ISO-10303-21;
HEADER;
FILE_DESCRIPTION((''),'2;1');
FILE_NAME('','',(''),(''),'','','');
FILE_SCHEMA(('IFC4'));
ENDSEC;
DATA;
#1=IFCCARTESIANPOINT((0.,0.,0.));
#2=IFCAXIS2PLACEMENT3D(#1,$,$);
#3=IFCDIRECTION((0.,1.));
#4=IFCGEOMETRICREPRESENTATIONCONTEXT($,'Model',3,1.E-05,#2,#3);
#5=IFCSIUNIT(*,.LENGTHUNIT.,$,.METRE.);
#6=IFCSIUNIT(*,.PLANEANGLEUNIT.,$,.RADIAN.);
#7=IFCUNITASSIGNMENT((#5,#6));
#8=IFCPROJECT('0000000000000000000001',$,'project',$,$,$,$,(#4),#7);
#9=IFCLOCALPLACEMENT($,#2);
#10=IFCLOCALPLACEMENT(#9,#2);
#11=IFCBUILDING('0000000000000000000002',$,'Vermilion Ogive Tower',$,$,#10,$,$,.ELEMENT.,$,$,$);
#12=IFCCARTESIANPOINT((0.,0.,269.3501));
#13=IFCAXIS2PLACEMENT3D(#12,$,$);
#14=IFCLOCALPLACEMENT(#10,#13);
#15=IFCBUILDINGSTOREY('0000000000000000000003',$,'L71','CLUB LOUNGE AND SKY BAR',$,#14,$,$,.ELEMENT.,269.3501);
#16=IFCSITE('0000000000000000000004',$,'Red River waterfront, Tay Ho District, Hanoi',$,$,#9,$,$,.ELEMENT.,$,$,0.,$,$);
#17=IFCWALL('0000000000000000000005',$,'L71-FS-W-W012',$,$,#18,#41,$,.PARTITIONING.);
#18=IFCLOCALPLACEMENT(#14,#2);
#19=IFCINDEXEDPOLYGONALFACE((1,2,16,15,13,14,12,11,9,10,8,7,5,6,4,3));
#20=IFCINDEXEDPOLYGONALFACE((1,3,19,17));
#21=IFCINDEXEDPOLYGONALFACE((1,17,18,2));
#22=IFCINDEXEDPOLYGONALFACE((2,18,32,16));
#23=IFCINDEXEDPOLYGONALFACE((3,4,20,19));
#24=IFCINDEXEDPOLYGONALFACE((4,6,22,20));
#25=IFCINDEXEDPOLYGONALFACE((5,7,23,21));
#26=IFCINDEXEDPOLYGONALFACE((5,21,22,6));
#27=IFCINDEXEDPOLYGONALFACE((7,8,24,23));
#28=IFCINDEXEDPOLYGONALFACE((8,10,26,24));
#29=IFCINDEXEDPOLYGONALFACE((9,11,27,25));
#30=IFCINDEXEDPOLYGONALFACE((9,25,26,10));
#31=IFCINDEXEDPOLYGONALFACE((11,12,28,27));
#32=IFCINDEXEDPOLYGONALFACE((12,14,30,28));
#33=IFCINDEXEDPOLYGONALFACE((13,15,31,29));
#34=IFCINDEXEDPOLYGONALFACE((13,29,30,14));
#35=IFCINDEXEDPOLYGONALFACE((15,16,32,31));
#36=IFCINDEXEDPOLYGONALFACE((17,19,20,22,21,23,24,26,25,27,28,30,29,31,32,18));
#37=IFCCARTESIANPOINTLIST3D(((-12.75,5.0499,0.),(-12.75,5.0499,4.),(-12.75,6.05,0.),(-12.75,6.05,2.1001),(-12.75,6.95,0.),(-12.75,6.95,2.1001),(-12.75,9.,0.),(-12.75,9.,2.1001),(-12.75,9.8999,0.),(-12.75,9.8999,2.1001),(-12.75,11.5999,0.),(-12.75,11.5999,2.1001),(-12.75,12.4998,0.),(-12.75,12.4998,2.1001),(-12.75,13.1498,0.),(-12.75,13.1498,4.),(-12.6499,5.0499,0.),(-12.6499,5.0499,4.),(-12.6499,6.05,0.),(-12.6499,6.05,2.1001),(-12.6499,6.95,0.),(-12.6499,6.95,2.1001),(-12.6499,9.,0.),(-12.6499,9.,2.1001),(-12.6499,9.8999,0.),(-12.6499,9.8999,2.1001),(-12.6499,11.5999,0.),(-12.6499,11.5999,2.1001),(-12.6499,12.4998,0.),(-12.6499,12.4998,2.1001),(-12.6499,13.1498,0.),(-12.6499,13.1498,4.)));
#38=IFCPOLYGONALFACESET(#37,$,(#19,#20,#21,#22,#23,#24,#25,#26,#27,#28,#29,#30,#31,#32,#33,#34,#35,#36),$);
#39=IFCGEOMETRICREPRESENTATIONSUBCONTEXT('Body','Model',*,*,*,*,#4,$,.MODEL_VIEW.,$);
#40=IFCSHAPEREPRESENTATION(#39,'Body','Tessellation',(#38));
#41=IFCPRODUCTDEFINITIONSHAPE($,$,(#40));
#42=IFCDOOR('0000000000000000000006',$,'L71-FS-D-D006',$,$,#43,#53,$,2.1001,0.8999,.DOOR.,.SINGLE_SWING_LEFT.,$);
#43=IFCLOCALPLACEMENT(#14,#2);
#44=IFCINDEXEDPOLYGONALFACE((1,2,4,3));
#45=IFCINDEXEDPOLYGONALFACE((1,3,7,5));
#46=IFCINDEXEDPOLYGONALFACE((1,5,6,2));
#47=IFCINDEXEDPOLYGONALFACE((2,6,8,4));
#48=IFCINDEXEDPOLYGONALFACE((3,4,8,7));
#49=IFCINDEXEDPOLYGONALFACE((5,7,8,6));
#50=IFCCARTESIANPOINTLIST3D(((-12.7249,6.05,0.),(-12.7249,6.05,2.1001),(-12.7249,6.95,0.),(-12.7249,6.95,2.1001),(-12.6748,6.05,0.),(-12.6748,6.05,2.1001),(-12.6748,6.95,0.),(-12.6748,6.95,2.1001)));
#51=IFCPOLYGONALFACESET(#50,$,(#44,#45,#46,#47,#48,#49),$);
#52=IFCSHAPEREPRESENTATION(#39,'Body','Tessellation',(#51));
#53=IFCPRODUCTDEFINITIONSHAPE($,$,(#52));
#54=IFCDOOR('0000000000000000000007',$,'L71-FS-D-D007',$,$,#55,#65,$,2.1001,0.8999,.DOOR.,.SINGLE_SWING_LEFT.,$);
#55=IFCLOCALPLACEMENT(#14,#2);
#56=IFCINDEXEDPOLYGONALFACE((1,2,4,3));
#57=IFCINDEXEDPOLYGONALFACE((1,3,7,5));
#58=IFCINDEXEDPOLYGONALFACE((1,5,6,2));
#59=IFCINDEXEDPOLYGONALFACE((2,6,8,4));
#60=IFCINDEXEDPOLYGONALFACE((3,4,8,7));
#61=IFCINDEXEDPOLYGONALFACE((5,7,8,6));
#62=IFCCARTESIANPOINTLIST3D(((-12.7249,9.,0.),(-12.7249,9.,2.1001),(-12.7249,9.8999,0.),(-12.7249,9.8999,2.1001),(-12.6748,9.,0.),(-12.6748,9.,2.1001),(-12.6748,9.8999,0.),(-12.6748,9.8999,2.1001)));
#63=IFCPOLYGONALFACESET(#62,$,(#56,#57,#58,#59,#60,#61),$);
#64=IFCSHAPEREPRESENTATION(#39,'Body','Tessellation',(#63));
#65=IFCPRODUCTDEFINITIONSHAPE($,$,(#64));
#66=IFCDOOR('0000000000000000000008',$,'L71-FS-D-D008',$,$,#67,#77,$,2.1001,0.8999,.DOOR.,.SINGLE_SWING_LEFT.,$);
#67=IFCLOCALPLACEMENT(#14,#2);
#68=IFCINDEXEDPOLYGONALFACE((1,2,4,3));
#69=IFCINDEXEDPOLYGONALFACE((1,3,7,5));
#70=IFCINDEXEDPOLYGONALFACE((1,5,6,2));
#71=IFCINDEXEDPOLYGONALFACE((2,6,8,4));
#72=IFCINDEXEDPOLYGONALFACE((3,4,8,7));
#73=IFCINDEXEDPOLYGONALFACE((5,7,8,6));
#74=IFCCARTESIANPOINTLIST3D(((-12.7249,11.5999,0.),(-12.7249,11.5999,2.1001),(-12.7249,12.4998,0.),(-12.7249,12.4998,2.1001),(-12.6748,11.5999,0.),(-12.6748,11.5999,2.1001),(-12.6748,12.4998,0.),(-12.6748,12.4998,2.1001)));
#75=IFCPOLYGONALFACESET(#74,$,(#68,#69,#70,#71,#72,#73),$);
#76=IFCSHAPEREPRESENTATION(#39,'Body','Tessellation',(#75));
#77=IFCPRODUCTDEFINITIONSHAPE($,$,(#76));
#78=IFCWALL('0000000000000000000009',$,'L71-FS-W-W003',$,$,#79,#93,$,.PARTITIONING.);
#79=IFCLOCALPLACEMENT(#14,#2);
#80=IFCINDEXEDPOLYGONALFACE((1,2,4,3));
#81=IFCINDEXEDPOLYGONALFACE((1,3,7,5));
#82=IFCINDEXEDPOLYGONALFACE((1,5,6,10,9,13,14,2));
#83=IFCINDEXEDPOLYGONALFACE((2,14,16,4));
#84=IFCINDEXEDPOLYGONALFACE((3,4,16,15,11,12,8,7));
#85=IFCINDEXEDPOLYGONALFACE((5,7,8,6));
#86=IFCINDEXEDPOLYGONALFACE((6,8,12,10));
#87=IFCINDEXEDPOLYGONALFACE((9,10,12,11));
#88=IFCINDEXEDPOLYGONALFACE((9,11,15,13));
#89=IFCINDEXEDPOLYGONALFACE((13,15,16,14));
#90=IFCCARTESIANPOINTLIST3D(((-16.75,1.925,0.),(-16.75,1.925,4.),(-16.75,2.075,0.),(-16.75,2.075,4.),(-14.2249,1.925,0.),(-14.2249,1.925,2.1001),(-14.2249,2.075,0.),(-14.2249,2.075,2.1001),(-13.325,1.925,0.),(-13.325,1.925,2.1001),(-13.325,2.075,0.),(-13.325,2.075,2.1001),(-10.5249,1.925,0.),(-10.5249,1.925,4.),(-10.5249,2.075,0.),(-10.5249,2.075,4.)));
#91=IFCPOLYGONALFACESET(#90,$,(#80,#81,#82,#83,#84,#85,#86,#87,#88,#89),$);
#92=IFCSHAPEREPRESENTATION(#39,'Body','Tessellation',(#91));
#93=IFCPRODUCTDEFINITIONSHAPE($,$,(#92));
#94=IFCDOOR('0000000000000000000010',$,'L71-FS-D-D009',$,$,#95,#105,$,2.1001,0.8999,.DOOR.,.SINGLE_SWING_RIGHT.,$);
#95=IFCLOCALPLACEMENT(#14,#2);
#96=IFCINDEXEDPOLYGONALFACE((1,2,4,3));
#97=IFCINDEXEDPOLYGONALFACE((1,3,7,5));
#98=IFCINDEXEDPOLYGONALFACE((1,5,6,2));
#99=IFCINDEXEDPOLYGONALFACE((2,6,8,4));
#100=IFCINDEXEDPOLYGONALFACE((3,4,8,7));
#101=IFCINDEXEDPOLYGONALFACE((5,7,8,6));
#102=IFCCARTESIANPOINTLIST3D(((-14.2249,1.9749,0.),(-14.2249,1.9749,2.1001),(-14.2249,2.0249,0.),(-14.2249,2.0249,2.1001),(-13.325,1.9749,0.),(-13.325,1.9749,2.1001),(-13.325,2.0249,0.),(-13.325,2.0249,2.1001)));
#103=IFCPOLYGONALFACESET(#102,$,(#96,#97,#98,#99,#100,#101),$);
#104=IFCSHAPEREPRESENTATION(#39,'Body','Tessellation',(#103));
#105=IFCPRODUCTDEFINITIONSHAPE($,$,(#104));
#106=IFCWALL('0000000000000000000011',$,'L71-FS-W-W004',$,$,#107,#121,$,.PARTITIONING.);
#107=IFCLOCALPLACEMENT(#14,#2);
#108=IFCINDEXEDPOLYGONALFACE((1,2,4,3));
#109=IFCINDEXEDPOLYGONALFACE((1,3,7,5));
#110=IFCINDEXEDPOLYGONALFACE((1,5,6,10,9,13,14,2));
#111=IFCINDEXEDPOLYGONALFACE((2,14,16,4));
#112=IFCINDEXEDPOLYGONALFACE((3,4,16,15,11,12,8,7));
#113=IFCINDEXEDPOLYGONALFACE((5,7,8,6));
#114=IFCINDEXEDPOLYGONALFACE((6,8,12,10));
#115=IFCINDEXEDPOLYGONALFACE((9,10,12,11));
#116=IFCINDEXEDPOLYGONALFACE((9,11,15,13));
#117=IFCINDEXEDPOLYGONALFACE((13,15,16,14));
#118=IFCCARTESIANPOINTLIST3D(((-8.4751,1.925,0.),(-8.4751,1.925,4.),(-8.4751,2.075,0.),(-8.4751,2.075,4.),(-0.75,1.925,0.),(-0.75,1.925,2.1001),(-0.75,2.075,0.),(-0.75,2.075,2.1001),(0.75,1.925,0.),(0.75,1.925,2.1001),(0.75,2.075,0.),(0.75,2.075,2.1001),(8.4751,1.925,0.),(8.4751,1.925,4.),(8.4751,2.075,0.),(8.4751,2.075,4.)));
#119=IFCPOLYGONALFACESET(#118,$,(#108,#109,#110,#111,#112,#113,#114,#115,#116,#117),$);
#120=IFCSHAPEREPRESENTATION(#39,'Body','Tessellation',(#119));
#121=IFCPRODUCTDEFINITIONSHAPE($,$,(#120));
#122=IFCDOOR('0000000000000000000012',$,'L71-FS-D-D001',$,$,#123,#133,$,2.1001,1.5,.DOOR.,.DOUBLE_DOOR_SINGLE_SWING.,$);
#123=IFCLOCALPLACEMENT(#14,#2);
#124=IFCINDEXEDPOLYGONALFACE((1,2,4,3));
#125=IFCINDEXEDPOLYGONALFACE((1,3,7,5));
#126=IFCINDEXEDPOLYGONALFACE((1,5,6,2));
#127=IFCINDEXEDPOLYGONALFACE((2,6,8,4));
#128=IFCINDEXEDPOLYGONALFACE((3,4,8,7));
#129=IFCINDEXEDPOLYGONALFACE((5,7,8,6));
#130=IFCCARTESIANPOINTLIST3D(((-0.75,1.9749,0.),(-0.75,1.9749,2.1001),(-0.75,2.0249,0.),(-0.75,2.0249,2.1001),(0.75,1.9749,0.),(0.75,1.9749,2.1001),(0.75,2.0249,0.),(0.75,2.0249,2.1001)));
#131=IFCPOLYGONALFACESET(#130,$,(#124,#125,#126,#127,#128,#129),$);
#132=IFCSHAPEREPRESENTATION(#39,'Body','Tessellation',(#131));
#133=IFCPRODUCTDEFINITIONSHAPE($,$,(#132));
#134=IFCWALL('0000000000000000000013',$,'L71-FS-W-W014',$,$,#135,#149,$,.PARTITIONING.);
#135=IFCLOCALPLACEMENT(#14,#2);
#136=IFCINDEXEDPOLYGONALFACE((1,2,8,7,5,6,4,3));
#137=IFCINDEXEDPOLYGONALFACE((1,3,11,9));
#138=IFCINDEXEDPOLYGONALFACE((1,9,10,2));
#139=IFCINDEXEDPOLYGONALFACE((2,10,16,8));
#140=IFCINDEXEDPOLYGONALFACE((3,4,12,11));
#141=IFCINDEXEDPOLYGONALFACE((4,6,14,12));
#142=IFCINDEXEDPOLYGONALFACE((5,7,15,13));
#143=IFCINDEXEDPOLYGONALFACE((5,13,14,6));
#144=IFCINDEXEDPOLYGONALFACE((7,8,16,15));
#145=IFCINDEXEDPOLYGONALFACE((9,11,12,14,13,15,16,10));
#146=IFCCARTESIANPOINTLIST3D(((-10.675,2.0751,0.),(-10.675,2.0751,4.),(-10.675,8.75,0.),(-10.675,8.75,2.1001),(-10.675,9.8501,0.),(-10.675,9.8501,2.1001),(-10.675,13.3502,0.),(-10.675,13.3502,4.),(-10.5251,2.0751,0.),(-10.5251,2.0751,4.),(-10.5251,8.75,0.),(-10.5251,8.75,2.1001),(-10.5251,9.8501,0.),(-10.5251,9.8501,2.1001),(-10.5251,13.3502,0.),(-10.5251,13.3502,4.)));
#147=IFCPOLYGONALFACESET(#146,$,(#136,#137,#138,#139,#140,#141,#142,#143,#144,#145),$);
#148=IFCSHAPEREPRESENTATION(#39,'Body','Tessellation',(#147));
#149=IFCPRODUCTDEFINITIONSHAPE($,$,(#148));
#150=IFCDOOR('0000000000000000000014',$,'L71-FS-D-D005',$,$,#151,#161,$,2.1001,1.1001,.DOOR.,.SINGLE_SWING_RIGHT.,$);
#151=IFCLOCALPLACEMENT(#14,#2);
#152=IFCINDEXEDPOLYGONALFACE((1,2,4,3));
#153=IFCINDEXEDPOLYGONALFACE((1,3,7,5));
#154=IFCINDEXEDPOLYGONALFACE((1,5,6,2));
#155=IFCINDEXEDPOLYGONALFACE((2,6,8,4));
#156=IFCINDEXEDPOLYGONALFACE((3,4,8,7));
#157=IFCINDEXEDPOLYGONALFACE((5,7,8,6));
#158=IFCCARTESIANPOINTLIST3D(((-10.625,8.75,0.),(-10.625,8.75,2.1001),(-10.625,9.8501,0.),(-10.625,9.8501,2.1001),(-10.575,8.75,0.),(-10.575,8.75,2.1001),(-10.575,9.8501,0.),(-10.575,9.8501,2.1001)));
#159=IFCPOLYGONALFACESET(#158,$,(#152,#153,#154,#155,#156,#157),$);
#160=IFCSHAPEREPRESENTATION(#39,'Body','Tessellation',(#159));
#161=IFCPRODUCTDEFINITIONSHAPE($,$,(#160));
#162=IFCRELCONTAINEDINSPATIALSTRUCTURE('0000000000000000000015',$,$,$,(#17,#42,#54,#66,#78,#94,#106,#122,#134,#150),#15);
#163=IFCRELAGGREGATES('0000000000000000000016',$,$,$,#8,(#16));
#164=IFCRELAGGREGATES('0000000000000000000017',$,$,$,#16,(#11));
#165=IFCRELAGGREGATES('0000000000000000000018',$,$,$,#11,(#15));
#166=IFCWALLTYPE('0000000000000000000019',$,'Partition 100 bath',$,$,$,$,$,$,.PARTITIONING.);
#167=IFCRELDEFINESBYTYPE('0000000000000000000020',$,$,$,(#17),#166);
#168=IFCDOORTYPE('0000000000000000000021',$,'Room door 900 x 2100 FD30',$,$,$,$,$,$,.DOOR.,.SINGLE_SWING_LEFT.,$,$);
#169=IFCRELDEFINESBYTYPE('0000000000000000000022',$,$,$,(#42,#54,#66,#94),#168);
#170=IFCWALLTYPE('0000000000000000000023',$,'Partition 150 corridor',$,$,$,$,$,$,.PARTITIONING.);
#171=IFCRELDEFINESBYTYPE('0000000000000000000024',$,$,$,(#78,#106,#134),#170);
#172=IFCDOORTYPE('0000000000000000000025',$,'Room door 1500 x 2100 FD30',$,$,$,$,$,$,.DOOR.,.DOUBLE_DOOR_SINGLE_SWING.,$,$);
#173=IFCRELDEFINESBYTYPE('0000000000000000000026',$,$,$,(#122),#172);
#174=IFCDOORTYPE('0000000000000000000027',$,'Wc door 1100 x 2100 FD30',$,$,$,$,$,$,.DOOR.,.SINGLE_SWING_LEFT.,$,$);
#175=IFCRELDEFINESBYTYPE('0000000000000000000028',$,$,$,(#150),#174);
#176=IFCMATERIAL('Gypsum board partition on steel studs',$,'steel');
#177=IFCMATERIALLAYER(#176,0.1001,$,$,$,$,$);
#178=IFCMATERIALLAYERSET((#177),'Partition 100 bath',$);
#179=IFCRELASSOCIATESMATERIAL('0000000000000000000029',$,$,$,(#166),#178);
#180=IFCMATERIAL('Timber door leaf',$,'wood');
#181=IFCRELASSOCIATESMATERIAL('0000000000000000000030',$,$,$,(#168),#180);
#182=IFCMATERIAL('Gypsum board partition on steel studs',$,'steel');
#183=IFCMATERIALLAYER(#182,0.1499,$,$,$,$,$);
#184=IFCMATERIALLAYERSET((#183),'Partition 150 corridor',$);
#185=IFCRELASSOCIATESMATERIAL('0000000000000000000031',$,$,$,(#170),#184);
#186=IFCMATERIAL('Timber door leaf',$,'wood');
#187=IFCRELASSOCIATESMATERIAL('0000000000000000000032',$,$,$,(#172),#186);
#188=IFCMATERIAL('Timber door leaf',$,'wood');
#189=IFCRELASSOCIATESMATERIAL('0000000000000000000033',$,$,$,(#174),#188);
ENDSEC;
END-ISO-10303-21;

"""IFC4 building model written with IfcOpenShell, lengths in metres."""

from ifc_helpers import new_model, si_unit, direction, frame, frame_2d, origin, place, context, subcontext, project, spatial, rectangle, extrude, material, layer, layer_set, type_object, element, fill, save


model = new_model("IFC4")

# Units and contexts
model_context = context("Model", 3, precision=1e-05, world=origin(), true_north=direction((0.0, 1.0)))
body_context = subcontext(model_context, "Body", "Model", "MODEL_VIEW")
ifc_project = project(units=[si_unit("LENGTHUNIT", "METRE"), si_unit("PLANEANGLEUNIT", "RADIAN")], contexts=[model_context])

# Site, building, storey
site_placement = place(None, origin())
site = spatial("IfcSite", under=ifc_project, at=site_placement, Name="Red River waterfront, Tay Ho District, Hanoi", CompositionType="ELEMENT", RefElevation=0.0)
building_placement = place(site_placement, origin())
building = spatial("IfcBuilding", under=site, at=building_placement, Name="Vermilion Ogive Tower", CompositionType="ELEMENT")
storey_placement = place(building_placement, frame((0.0, 0.0, 269.3501)))
storey = spatial("IfcBuildingStorey", under=building, at=storey_placement, Name="L71", Description="CLUB LOUNGE AND SKY BAR", CompositionType="ELEMENT", Elevation=269.3501)

# Shared definitions
ifc_material_1 = material(Name="Gypsum board partition on steel studs", Category="steel")
ifc_layer_1 = layer(ifc_material_1, 0.1001)
ifc_layer_set_1 = layer_set([ifc_layer_1], Name="Partition 100 bath")
wall_type_1 = type_object("IfcWallType", Name="Partition 100 bath", PredefinedType="PARTITIONING", material=ifc_layer_set_1)

# Wall, openings, doors
wall_1_placement = place(storey_placement, frame((-12.7, 5.05, 0.0), z_axis=(0.0, 0.0, 1.0), x_axis=(0.0, 1.0, 0.0)))
wall_1 = element("IfcWall", 1, at=wall_1_placement, inside=storey, type_object=wall_type_1, Name="L71-FS-W-W012", PredefinedType="PARTITIONING", context=body_context, shape_type="SweptSolid", body=[
    extrude(rectangle(XDim=8.0999, YDim=0.1001, at=frame_2d((4.0498, 0.0))), origin(), (0.0, 0.0, 1.0), 4.0),
])
opening_1_placement = place(wall_1_placement, frame((1.0, 0.0, 0.0)))
opening_1 = element("IfcOpeningElement", 2, at=opening_1_placement, cuts=wall_1, PredefinedType="OPENING", context=body_context, shape_type="SweptSolid", body=[
    extrude(rectangle(XDim=0.8999, YDim=2.1001, at=frame_2d((0.45, 1.05))), frame((0.0, 0.0601, 0.0), z_axis=(0.0, -1.0, 0.0), x_axis=(1.0, 0.0, 0.0)), (0.0, 0.0, 1.0), 0.1201),
])
opening_2_placement = place(wall_1_placement, frame((3.95, 0.0, 0.0)))
opening_2 = element("IfcOpeningElement", 3, at=opening_2_placement, cuts=wall_1, PredefinedType="OPENING", context=body_context, shape_type="SweptSolid", body=[
    extrude(rectangle(XDim=0.8999, YDim=2.1001, at=frame_2d((0.45, 1.05))), frame((0.0, 0.0601, 0.0), z_axis=(0.0, -1.0, 0.0), x_axis=(1.0, 0.0, 0.0)), (0.0, 0.0, 1.0), 0.1201),
])
opening_3_placement = place(wall_1_placement, frame((6.5498, 0.0, 0.0)))
opening_3 = element("IfcOpeningElement", 4, at=opening_3_placement, cuts=wall_1, PredefinedType="OPENING", context=body_context, shape_type="SweptSolid", body=[
    extrude(rectangle(XDim=0.8999, YDim=2.1001, at=frame_2d((0.45, 1.05))), frame((0.0, 0.0601, 0.0), z_axis=(0.0, -1.0, 0.0), x_axis=(1.0, 0.0, 0.0)), (0.0, 0.0, 1.0), 0.1201),
])
ifc_material_2 = material(Name="Timber door leaf", Category="wood")
door_type_1 = type_object("IfcDoorType", Name="Room door 900 x 2100 FD30", OperationType="SINGLE_SWING_LEFT", PredefinedType="DOOR", material=ifc_material_2)
door_1_placement = place(opening_1_placement, origin())
door_1 = element("IfcDoor", 5, at=door_1_placement, inside=storey, type_object=door_type_1, Name="L71-FS-D-D006", OperationType="SINGLE_SWING_LEFT", OverallHeight=2.1001, OverallWidth=0.8999, PredefinedType="DOOR", context=body_context, shape_type="SweptSolid", body=[
    extrude(rectangle(XDim=0.8999, YDim=2.1001, at=frame_2d((0.45, 1.05))), frame((0.0, 0.0249, 0.0), z_axis=(0.0, -1.0, 0.0), x_axis=(1.0, 0.0, 0.0)), (0.0, 0.0, 1.0), 0.05),
])
fill(opening_1, door_1)
door_2_placement = place(opening_2_placement, origin())
door_2 = element("IfcDoor", 6, at=door_2_placement, inside=storey, type_object=door_type_1, Name="L71-FS-D-D007", OperationType="SINGLE_SWING_LEFT", OverallHeight=2.1001, OverallWidth=0.8999, PredefinedType="DOOR", context=body_context, shape_type="SweptSolid", body=[
    extrude(rectangle(XDim=0.8999, YDim=2.1001, at=frame_2d((0.45, 1.05))), frame((0.0, 0.0249, 0.0), z_axis=(0.0, -1.0, 0.0), x_axis=(1.0, 0.0, 0.0)), (0.0, 0.0, 1.0), 0.05),
])
fill(opening_2, door_2)
door_3_placement = place(opening_3_placement, origin())
door_3 = element("IfcDoor", 7, at=door_3_placement, inside=storey, type_object=door_type_1, Name="L71-FS-D-D008", OperationType="SINGLE_SWING_LEFT", OverallHeight=2.1001, OverallWidth=0.8999, PredefinedType="DOOR", context=body_context, shape_type="SweptSolid", body=[
    extrude(rectangle(XDim=0.8999, YDim=2.1001, at=frame_2d((0.45, 1.05))), frame((0.0, 0.0249, 0.0), z_axis=(0.0, -1.0, 0.0), x_axis=(1.0, 0.0, 0.0)), (0.0, 0.0, 1.0), 0.05),
])
fill(opening_3, door_3)

# Walls, openings, doors
ifc_material_3 = material(Name="Gypsum board partition on steel studs", Category="steel")
ifc_layer_2 = layer(ifc_material_3, 0.1499)
ifc_layer_set_2 = layer_set([ifc_layer_2], Name="Partition 150 corridor")
wall_type_2 = type_object("IfcWallType", Name="Partition 150 corridor", PredefinedType="PARTITIONING", material=ifc_layer_set_2)
wall_2_placement = place(storey_placement, frame((-16.75, 2.0, 0.0), z_axis=(0.0, 0.0, 1.0), x_axis=(1.0, 0.0, 0.0)))
wall_2 = element("IfcWall", 8, at=wall_2_placement, inside=storey, type_object=wall_type_2, Name="L71-FS-W-W003", PredefinedType="PARTITIONING", context=body_context, shape_type="SweptSolid", body=[
    extrude(rectangle(XDim=6.2251, YDim=0.1499, at=frame_2d((3.1125, 0.0))), origin(), (0.0, 0.0, 1.0), 4.0),
])
opening_4_placement = place(wall_2_placement, frame((2.5251, 0.0, 0.0)))
opening_4 = element("IfcOpeningElement", 9, at=opening_4_placement, cuts=wall_2, PredefinedType="OPENING", context=body_context, shape_type="SweptSolid", body=[
    extrude(rectangle(XDim=0.8999, YDim=2.1001, at=frame_2d((0.45, 1.05))), frame((0.0, 0.085, 0.0), z_axis=(0.0, -1.0, 0.0), x_axis=(1.0, 0.0, 0.0)), (0.0, 0.0, 1.0), 0.1699),
])
door_4_placement = place(opening_4_placement, origin())
door_4 = element("IfcDoor", 10, at=door_4_placement, inside=storey, type_object=door_type_1, Name="L71-FS-D-D009", OperationType="SINGLE_SWING_RIGHT", OverallHeight=2.1001, OverallWidth=0.8999, PredefinedType="DOOR", context=body_context, shape_type="SweptSolid", body=[
    extrude(rectangle(XDim=0.8999, YDim=2.1001, at=frame_2d((0.45, 1.05))), frame((0.0, 0.0249, 0.0), z_axis=(0.0, -1.0, 0.0), x_axis=(1.0, 0.0, 0.0)), (0.0, 0.0, 1.0), 0.05),
])
fill(opening_4, door_4)
wall_3_placement = place(storey_placement, frame((-8.4751, 2.0, 0.0), z_axis=(0.0, 0.0, 1.0), x_axis=(1.0, 0.0, 0.0)))
wall_3 = element("IfcWall", 11, at=wall_3_placement, inside=storey, type_object=wall_type_2, Name="L71-FS-W-W004", PredefinedType="PARTITIONING", context=body_context, shape_type="SweptSolid", body=[
    extrude(rectangle(XDim=16.9502, YDim=0.1499, at=frame_2d((8.4751, 0.0))), origin(), (0.0, 0.0, 1.0), 4.0),
])
opening_5_placement = place(wall_3_placement, frame((7.7251, 0.0, 0.0)))
opening_5 = element("IfcOpeningElement", 12, at=opening_5_placement, cuts=wall_3, PredefinedType="OPENING", context=body_context, shape_type="SweptSolid", body=[
    extrude(rectangle(XDim=1.5, YDim=2.1001, at=frame_2d((0.75, 1.05))), frame((0.0, 0.085, 0.0), z_axis=(0.0, -1.0, 0.0), x_axis=(1.0, 0.0, 0.0)), (0.0, 0.0, 1.0), 0.1699),
])
ifc_material_4 = material(Name="Timber door leaf", Category="wood")
door_type_2 = type_object("IfcDoorType", Name="Room door 1500 x 2100 FD30", OperationType="DOUBLE_DOOR_SINGLE_SWING", PredefinedType="DOOR", material=ifc_material_4)
door_5_placement = place(opening_5_placement, origin())
door_5 = element("IfcDoor", 13, at=door_5_placement, inside=storey, type_object=door_type_2, Name="L71-FS-D-D001", OperationType="DOUBLE_DOOR_SINGLE_SWING", OverallHeight=2.1001, OverallWidth=1.5, PredefinedType="DOOR", context=body_context, shape_type="SweptSolid", body=[
    extrude(rectangle(XDim=1.5, YDim=2.1001, at=frame_2d((0.75, 1.05))), frame((0.0, 0.0249, 0.0), z_axis=(0.0, -1.0, 0.0), x_axis=(1.0, 0.0, 0.0)), (0.0, 0.0, 1.0), 0.05),
])
fill(opening_5, door_5)
wall_4_placement = place(storey_placement, frame((-10.6001, 2.075, 0.0), z_axis=(0.0, 0.0, 1.0), x_axis=(0.0, 1.0, 0.0)))
wall_4 = element("IfcWall", 14, at=wall_4_placement, inside=storey, type_object=wall_type_2, Name="L71-FS-W-W014", PredefinedType="PARTITIONING", context=body_context, shape_type="SweptSolid", body=[
    extrude(rectangle(XDim=11.2751, YDim=0.1499, at=frame_2d((5.6377, 0.0))), origin(), (0.0, 0.0, 1.0), 4.0),
])
opening_6_placement = place(wall_4_placement, frame((6.675, 0.0, 0.0)))
opening_6 = element("IfcOpeningElement", 15, at=opening_6_placement, cuts=wall_4, PredefinedType="OPENING", context=body_context, shape_type="SweptSolid", body=[
    extrude(rectangle(XDim=1.1001, YDim=2.1001, at=frame_2d((0.55, 1.05))), frame((0.0, 0.085, 0.0), z_axis=(0.0, -1.0, 0.0), x_axis=(1.0, 0.0, 0.0)), (0.0, 0.0, 1.0), 0.1699),
])
ifc_material_5 = material(Name="Timber door leaf", Category="wood")
door_type_3 = type_object("IfcDoorType", Name="Wc door 1100 x 2100 FD30", OperationType="SINGLE_SWING_LEFT", PredefinedType="DOOR", material=ifc_material_5)
door_6_placement = place(opening_6_placement, origin())
door_6 = element("IfcDoor", 16, at=door_6_placement, inside=storey, type_object=door_type_3, Name="L71-FS-D-D005", OperationType="SINGLE_SWING_RIGHT", OverallHeight=2.1001, OverallWidth=1.1001, PredefinedType="DOOR", context=body_context, shape_type="SweptSolid", body=[
    extrude(rectangle(XDim=1.1001, YDim=2.1001, at=frame_2d((0.55, 1.05))), frame((0.0, 0.0249, 0.0), z_axis=(0.0, -1.0, 0.0), x_axis=(1.0, 0.0, 0.0)), (0.0, 0.0, 1.0), 0.05),
])
fill(opening_6, door_6)

save(model, "model.ifc")
